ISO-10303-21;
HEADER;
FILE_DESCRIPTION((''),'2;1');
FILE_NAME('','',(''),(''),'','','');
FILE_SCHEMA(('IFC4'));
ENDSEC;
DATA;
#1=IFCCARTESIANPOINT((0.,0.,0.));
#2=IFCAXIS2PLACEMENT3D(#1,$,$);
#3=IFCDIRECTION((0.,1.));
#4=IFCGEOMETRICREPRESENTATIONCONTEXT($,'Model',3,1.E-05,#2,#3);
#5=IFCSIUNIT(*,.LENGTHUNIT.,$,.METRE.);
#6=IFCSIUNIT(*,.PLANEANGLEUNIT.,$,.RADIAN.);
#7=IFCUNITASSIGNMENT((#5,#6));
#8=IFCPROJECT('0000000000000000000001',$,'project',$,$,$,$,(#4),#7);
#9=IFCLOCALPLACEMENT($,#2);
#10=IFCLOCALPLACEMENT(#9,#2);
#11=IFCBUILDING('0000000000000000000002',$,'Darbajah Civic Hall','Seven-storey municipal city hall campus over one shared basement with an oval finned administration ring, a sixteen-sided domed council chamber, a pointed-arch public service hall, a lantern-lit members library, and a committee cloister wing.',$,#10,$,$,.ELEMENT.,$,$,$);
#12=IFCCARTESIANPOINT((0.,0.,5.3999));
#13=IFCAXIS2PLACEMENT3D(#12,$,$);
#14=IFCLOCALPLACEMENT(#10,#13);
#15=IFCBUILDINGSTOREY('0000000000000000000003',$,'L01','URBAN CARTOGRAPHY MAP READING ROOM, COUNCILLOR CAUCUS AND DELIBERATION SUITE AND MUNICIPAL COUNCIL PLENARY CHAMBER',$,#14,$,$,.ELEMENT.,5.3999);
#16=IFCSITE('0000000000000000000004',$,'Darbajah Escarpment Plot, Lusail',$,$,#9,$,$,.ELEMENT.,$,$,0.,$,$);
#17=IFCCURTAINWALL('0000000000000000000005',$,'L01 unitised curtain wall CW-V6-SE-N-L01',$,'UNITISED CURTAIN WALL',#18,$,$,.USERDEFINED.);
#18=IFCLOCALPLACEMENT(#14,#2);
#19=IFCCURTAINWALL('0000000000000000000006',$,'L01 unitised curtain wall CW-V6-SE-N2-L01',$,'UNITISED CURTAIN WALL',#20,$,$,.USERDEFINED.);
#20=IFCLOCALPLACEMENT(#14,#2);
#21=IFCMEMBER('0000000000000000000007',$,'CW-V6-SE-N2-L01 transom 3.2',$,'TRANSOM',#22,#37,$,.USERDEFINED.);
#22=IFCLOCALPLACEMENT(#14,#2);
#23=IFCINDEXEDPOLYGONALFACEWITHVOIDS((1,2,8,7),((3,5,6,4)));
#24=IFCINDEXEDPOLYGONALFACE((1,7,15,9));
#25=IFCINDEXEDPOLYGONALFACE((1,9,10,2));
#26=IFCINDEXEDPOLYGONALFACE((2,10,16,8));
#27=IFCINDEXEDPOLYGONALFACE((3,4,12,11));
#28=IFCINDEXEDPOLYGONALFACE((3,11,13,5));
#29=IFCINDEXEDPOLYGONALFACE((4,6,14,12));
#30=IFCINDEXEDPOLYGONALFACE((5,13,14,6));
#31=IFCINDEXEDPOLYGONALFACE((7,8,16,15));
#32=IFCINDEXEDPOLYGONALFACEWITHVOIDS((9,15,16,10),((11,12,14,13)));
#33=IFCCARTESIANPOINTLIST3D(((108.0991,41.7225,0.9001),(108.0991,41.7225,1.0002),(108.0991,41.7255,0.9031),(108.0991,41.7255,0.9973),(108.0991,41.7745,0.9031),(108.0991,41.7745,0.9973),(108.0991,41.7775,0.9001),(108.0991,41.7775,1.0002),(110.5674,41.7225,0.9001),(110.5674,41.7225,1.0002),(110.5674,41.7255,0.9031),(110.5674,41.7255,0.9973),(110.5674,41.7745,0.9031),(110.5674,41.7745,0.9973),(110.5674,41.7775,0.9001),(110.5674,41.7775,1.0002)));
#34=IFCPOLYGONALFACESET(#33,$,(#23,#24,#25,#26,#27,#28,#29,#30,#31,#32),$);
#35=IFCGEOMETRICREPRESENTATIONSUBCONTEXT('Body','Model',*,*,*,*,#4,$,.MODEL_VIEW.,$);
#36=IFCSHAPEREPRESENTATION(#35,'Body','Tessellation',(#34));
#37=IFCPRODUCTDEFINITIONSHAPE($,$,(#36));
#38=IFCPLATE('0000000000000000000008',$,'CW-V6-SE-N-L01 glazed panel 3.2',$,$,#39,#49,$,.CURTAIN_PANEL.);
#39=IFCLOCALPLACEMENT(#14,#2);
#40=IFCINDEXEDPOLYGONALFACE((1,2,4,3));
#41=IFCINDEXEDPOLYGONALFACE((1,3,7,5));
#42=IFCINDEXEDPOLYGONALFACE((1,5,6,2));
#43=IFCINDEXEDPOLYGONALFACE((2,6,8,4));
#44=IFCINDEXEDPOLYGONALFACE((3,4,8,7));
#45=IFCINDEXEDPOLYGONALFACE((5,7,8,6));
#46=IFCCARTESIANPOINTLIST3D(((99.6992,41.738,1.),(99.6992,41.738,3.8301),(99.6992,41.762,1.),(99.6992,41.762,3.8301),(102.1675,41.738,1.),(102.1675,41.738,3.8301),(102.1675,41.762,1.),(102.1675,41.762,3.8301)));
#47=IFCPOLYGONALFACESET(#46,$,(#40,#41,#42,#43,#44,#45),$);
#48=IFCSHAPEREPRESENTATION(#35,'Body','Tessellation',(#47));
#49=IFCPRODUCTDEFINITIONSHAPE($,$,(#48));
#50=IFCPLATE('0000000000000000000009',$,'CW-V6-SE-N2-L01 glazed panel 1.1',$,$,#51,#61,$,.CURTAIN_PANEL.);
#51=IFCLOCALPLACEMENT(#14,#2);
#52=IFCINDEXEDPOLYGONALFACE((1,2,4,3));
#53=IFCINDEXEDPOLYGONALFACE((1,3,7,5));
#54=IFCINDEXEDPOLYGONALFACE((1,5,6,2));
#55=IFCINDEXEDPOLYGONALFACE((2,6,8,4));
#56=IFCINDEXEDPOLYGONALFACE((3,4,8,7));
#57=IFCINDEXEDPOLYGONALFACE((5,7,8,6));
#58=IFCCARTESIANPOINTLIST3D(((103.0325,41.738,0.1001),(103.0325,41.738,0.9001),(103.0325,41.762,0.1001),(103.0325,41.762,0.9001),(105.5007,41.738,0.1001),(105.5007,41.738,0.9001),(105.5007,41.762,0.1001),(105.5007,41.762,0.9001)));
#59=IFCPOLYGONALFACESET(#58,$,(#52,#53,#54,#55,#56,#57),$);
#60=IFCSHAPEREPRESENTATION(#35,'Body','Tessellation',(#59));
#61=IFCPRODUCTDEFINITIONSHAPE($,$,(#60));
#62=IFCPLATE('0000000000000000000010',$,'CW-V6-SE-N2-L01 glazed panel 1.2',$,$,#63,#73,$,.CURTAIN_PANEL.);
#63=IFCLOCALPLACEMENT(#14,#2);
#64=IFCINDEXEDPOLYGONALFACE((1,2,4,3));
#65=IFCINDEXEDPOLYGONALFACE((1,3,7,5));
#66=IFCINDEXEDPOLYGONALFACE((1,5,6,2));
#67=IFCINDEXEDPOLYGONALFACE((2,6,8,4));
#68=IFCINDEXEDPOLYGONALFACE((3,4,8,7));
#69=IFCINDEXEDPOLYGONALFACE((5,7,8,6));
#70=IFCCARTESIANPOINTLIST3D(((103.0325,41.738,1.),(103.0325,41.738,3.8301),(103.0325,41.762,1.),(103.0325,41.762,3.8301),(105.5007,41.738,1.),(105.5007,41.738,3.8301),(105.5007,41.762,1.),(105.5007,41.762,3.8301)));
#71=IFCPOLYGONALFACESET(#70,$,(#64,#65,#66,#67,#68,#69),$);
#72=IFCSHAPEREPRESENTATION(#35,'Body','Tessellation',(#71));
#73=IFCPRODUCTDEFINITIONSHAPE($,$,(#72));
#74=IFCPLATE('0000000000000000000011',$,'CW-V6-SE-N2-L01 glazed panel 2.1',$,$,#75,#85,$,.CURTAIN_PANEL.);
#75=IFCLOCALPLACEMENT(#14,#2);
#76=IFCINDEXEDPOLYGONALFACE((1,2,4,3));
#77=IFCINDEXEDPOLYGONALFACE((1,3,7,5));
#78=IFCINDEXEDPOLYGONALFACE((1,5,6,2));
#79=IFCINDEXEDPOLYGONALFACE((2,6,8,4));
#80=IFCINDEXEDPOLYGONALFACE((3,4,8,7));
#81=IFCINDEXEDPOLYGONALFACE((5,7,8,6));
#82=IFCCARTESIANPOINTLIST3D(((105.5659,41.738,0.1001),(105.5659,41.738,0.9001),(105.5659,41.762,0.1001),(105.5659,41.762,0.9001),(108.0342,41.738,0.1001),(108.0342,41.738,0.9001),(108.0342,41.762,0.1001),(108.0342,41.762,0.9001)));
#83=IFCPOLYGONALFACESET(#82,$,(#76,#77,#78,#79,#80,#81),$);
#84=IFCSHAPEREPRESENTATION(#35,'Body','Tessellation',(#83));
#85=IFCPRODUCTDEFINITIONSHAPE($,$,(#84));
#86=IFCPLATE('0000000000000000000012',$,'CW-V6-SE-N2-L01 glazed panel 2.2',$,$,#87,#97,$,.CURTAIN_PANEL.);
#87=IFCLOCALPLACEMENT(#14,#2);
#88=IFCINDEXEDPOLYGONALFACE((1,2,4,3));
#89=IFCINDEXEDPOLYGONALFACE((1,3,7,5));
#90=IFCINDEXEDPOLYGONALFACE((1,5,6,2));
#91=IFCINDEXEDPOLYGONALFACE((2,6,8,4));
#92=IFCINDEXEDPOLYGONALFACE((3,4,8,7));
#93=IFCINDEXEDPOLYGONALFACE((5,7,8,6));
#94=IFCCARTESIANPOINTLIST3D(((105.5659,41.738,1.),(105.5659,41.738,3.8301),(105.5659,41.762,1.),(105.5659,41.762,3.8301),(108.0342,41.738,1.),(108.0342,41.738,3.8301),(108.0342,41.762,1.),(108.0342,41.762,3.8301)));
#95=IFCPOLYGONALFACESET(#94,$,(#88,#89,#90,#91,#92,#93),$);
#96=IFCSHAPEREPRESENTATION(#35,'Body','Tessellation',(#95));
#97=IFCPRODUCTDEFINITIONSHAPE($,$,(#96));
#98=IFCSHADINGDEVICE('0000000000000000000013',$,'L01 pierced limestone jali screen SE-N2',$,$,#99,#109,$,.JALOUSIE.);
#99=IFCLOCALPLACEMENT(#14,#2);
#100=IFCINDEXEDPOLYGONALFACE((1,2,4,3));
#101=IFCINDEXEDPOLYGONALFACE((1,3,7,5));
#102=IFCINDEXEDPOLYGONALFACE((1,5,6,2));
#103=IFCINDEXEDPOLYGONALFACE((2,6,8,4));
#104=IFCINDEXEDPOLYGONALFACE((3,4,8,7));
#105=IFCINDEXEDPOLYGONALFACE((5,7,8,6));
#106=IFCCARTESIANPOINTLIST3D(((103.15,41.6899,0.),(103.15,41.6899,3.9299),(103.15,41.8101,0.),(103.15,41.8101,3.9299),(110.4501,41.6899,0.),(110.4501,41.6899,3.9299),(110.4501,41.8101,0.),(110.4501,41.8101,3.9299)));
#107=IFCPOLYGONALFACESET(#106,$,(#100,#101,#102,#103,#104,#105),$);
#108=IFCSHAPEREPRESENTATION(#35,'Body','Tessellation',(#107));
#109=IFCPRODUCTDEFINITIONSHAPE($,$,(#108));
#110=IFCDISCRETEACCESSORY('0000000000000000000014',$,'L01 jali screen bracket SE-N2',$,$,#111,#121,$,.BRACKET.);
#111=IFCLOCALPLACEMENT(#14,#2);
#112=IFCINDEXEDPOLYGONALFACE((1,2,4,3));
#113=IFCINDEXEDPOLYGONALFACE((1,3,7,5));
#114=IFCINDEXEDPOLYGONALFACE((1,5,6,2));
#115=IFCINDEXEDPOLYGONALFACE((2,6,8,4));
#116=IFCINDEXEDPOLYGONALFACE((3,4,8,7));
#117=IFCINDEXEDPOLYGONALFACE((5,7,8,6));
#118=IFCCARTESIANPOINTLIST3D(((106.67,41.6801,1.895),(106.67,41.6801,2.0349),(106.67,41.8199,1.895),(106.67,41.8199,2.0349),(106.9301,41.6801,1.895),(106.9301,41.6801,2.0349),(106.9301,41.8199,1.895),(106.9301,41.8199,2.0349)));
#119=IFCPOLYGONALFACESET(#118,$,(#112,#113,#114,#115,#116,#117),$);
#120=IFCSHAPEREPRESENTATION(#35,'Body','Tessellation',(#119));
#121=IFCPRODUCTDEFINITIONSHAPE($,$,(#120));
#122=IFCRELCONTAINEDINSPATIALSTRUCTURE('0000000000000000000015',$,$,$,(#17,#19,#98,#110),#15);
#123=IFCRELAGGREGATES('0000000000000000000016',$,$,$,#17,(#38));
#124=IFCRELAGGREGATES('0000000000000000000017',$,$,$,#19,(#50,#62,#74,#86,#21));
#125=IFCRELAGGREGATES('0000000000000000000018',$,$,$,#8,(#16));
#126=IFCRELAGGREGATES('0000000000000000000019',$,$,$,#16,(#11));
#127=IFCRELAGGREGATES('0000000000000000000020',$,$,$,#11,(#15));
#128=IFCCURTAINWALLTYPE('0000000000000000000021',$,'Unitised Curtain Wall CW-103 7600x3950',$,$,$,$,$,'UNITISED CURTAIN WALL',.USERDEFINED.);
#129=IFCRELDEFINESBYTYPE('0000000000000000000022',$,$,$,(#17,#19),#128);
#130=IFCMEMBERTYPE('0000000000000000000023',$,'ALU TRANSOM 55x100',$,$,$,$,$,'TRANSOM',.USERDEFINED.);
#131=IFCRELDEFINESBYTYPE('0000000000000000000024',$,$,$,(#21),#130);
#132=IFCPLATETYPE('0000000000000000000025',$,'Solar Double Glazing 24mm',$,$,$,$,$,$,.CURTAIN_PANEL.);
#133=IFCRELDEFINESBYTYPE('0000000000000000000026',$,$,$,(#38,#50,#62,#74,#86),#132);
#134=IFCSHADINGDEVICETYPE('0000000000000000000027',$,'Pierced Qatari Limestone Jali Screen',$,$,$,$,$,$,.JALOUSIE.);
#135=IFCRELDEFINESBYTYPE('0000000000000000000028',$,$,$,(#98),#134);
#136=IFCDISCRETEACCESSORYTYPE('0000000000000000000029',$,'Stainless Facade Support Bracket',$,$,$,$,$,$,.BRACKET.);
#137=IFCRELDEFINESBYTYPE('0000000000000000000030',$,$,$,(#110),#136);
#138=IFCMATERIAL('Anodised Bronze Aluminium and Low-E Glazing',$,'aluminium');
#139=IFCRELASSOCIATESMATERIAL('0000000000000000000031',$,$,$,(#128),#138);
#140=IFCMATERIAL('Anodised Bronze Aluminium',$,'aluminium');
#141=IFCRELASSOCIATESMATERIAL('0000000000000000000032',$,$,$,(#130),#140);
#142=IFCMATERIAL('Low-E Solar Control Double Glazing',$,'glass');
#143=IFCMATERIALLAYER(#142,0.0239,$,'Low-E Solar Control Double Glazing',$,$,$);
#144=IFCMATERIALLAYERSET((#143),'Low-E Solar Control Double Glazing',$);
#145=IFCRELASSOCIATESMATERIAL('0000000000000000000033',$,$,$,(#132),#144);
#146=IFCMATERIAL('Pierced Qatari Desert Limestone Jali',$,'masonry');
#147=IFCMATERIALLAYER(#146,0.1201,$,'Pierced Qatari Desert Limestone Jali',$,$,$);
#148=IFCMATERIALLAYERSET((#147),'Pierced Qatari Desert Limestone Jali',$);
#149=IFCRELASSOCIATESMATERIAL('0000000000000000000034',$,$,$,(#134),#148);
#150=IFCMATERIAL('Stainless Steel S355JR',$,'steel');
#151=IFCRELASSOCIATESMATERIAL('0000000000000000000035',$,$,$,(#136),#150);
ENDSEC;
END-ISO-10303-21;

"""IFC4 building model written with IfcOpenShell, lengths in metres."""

from ifc_helpers import new_model, si_unit, direction, frame, origin, origin_2d, place, context, subcontext, project, spatial, rectangle, hollow_rectangle, extrude, material, layer, layer_set, material_profile, profile_set, type_object, element, aggregate, save


model = new_model("IFC4")

# Units and contexts
model_context = context("Model", 3, precision=1e-05, world=origin(), true_north=direction((0.0, 1.0)))
body_context = subcontext(model_context, "Body", "Model", "MODEL_VIEW")
ifc_project = project(units=[si_unit("LENGTHUNIT", "METRE"), si_unit("PLANEANGLEUNIT", "RADIAN")], contexts=[model_context])

# Site, building, storey
site_placement = place(None, origin())
site = spatial("IfcSite", under=ifc_project, at=site_placement, Name="Darbajah Escarpment Plot, Lusail", CompositionType="ELEMENT", RefElevation=0.0)
building_placement = place(site_placement, origin())
building = spatial("IfcBuilding", under=site, at=building_placement, Name="Darbajah Civic Hall", Description="Seven-storey municipal city hall campus over one shared basement with an oval finned administration ring, a sixteen-sided domed council chamber, a pointed-arch public service hall, a lantern-lit members library, and a committee cloister wing.", CompositionType="ELEMENT")
storey_placement = place(building_placement, frame((0.0, 0.0, 5.3999)))
storey = spatial("IfcBuildingStorey", under=building, at=storey_placement, Name="L01", Description="URBAN CARTOGRAPHY MAP READING ROOM, COUNCILLOR CAUCUS AND DELIBERATION SUITE AND MUNICIPAL COUNCIL PLENARY CHAMBER", CompositionType="ELEMENT", Elevation=5.3999)

# Curtain wall
ifc_material_1 = material(Name="Anodised Bronze Aluminium and Low-E Glazing", Category="aluminium")
curtain_wall_type = type_object("IfcCurtainWallType", Name="Unitised Curtain Wall CW-103 7600x3950", ElementType="UNITISED CURTAIN WALL", PredefinedType="USERDEFINED", material=ifc_material_1)
curtain_wall_1_placement = place(storey_placement, origin())
curtain_wall_1 = element("IfcCurtainWall", 1, at=curtain_wall_1_placement, inside=storey, type_object=curtain_wall_type, Name="L01 unitised curtain wall CW-V6-SE-N-L01", ObjectType="UNITISED CURTAIN WALL", PredefinedType="USERDEFINED")
ifc_material_2 = material(Name="Anodised Bronze Aluminium", Category="aluminium")

# Curtain wall, member
curtain_wall_2_placement = place(storey_placement, origin())
curtain_wall_2 = element("IfcCurtainWall", 2, at=curtain_wall_2_placement, inside=storey, type_object=curtain_wall_type, Name="L01 unitised curtain wall CW-V6-SE-N2-L01", ObjectType="UNITISED CURTAIN WALL", PredefinedType="USERDEFINED")
ifc_material_profile_1 = material_profile(ifc_material_2, hollow_rectangle(XDim=0.0549, YDim=0.1001, WallThickness=0.0029, at=origin_2d()), Name="ALU TRANSOM 55x100")
ifc_profile_set_1 = profile_set([ifc_material_profile_1], Name="Anodised Bronze Aluminium")
member_type_1 = type_object("IfcMemberType", Name="ALU TRANSOM 55x100", ElementType="TRANSOM", PredefinedType="USERDEFINED", material=ifc_profile_set_1)
member_1_placement = place(storey_placement, frame((108.0991, 41.75, 0.9502), z_axis=(1.0, 0.0, 0.0), x_axis=(0.0, 1.0, 0.0)))
member_1 = element("IfcMember", 3, at=member_1_placement, type_object=member_type_1, Name="CW-V6-SE-N2-L01 transom 3.2", ObjectType="TRANSOM", PredefinedType="USERDEFINED", context=body_context, shape_type="SweptSolid", body=[
    extrude(hollow_rectangle(XDim=0.0549, YDim=0.1001, WallThickness=0.0029, at=origin_2d()), origin(), (0.0, 0.0, 1.0), 2.4683),
])

# Plates
ifc_material_3 = material(Name="Low-E Solar Control Double Glazing", Category="glass")
ifc_layer_1 = layer(ifc_material_3, 0.0239, Name="Low-E Solar Control Double Glazing")
ifc_layer_set_1 = layer_set([ifc_layer_1], Name="Low-E Solar Control Double Glazing")
plate_type = type_object("IfcPlateType", Name="Solar Double Glazing 24mm", PredefinedType="CURTAIN_PANEL", material=ifc_layer_set_1)
plate_1_placement = place(storey_placement, frame((100.9333, 41.75, 1.0), z_axis=(0.0, 0.0, 1.0), x_axis=(1.0, 0.0, 0.0)))
plate_1 = element("IfcPlate", 4, at=plate_1_placement, type_object=plate_type, Name="CW-V6-SE-N-L01 glazed panel 3.2", PredefinedType="CURTAIN_PANEL", context=body_context, shape_type="SweptSolid", body=[
    extrude(rectangle(XDim=2.4683, YDim=0.0239, at=origin_2d()), origin(), (0.0, 0.0, 1.0), 2.8301),
])
aggregate(curtain_wall_1, [plate_1])
plate_2_placement = place(storey_placement, frame((104.2666, 41.75, 0.1001), z_axis=(0.0, 0.0, 1.0), x_axis=(1.0, 0.0, 0.0)))
plate_2 = element("IfcPlate", 5, at=plate_2_placement, type_object=plate_type, Name="CW-V6-SE-N2-L01 glazed panel 1.1", PredefinedType="CURTAIN_PANEL", context=body_context, shape_type="SweptSolid", body=[
    extrude(rectangle(XDim=2.4683, YDim=0.0239, at=origin_2d()), origin(), (0.0, 0.0, 1.0), 0.8),
])
plate_3_placement = place(storey_placement, frame((104.2666, 41.75, 1.0), z_axis=(0.0, 0.0, 1.0), x_axis=(1.0, 0.0, 0.0)))
plate_3 = element("IfcPlate", 6, at=plate_3_placement, type_object=plate_type, Name="CW-V6-SE-N2-L01 glazed panel 1.2", PredefinedType="CURTAIN_PANEL", context=body_context, shape_type="SweptSolid", body=[
    extrude(rectangle(XDim=2.4683, YDim=0.0239, at=origin_2d()), origin(), (0.0, 0.0, 1.0), 2.8301),
])
plate_4_placement = place(storey_placement, frame((106.8, 41.75, 0.1001), z_axis=(0.0, 0.0, 1.0), x_axis=(1.0, 0.0, 0.0)))
plate_4 = element("IfcPlate", 7, at=plate_4_placement, type_object=plate_type, Name="CW-V6-SE-N2-L01 glazed panel 2.1", PredefinedType="CURTAIN_PANEL", context=body_context, shape_type="SweptSolid", body=[
    extrude(rectangle(XDim=2.4683, YDim=0.0239, at=origin_2d()), origin(), (0.0, 0.0, 1.0), 0.8),
])
plate_5_placement = place(storey_placement, frame((106.8, 41.75, 1.0), z_axis=(0.0, 0.0, 1.0), x_axis=(1.0, 0.0, 0.0)))
plate_5 = element("IfcPlate", 8, at=plate_5_placement, type_object=plate_type, Name="CW-V6-SE-N2-L01 glazed panel 2.2", PredefinedType="CURTAIN_PANEL", context=body_context, shape_type="SweptSolid", body=[
    extrude(rectangle(XDim=2.4683, YDim=0.0239, at=origin_2d()), origin(), (0.0, 0.0, 1.0), 2.8301),
])
aggregate(curtain_wall_2, [plate_2, plate_3, plate_4, plate_5, member_1])

# Shading device
ifc_material_4 = material(Name="Pierced Qatari Desert Limestone Jali", Category="masonry")
ifc_layer_2 = layer(ifc_material_4, 0.1201, Name="Pierced Qatari Desert Limestone Jali")
ifc_layer_set_2 = layer_set([ifc_layer_2], Name="Pierced Qatari Desert Limestone Jali")
shading_device_type = type_object("IfcShadingDeviceType", Name="Pierced Qatari Limestone Jali Screen", PredefinedType="JALOUSIE", material=ifc_layer_set_2)
shading_device_placement = place(storey_placement, frame((106.8, 41.75, 0.0), z_axis=(0.0, 0.0, 1.0), x_axis=(1.0, 0.0, 0.0)))
element("IfcShadingDevice", 9, at=shading_device_placement, inside=storey, type_object=shading_device_type, Name="L01 pierced limestone jali screen SE-N2", PredefinedType="JALOUSIE", context=body_context, shape_type="SweptSolid", body=[
    extrude(rectangle(XDim=7.3, YDim=0.1201, at=origin_2d()), origin(), (0.0, 0.0, 1.0), 3.9299),
])

# Discrete accessory
ifc_material_5 = material(Name="Stainless Steel S355JR", Category="steel")
discrete_accessory_type = type_object("IfcDiscreteAccessoryType", Name="Stainless Facade Support Bracket", PredefinedType="BRACKET", material=ifc_material_5)
discrete_accessory_placement = place(storey_placement, frame((106.8, 41.75, 1.895), z_axis=(0.0, 0.0, 1.0), x_axis=(1.0, 0.0, 0.0)))
element("IfcDiscreteAccessory", 10, at=discrete_accessory_placement, inside=storey, type_object=discrete_accessory_type, Name="L01 jali screen bracket SE-N2", PredefinedType="BRACKET", context=body_context, shape_type="SweptSolid", body=[
    extrude(rectangle(XDim=0.26, YDim=0.1399, at=origin_2d()), origin(), (0.0, 0.0, 1.0), 0.1399),
])

save(model, "model.ifc")
